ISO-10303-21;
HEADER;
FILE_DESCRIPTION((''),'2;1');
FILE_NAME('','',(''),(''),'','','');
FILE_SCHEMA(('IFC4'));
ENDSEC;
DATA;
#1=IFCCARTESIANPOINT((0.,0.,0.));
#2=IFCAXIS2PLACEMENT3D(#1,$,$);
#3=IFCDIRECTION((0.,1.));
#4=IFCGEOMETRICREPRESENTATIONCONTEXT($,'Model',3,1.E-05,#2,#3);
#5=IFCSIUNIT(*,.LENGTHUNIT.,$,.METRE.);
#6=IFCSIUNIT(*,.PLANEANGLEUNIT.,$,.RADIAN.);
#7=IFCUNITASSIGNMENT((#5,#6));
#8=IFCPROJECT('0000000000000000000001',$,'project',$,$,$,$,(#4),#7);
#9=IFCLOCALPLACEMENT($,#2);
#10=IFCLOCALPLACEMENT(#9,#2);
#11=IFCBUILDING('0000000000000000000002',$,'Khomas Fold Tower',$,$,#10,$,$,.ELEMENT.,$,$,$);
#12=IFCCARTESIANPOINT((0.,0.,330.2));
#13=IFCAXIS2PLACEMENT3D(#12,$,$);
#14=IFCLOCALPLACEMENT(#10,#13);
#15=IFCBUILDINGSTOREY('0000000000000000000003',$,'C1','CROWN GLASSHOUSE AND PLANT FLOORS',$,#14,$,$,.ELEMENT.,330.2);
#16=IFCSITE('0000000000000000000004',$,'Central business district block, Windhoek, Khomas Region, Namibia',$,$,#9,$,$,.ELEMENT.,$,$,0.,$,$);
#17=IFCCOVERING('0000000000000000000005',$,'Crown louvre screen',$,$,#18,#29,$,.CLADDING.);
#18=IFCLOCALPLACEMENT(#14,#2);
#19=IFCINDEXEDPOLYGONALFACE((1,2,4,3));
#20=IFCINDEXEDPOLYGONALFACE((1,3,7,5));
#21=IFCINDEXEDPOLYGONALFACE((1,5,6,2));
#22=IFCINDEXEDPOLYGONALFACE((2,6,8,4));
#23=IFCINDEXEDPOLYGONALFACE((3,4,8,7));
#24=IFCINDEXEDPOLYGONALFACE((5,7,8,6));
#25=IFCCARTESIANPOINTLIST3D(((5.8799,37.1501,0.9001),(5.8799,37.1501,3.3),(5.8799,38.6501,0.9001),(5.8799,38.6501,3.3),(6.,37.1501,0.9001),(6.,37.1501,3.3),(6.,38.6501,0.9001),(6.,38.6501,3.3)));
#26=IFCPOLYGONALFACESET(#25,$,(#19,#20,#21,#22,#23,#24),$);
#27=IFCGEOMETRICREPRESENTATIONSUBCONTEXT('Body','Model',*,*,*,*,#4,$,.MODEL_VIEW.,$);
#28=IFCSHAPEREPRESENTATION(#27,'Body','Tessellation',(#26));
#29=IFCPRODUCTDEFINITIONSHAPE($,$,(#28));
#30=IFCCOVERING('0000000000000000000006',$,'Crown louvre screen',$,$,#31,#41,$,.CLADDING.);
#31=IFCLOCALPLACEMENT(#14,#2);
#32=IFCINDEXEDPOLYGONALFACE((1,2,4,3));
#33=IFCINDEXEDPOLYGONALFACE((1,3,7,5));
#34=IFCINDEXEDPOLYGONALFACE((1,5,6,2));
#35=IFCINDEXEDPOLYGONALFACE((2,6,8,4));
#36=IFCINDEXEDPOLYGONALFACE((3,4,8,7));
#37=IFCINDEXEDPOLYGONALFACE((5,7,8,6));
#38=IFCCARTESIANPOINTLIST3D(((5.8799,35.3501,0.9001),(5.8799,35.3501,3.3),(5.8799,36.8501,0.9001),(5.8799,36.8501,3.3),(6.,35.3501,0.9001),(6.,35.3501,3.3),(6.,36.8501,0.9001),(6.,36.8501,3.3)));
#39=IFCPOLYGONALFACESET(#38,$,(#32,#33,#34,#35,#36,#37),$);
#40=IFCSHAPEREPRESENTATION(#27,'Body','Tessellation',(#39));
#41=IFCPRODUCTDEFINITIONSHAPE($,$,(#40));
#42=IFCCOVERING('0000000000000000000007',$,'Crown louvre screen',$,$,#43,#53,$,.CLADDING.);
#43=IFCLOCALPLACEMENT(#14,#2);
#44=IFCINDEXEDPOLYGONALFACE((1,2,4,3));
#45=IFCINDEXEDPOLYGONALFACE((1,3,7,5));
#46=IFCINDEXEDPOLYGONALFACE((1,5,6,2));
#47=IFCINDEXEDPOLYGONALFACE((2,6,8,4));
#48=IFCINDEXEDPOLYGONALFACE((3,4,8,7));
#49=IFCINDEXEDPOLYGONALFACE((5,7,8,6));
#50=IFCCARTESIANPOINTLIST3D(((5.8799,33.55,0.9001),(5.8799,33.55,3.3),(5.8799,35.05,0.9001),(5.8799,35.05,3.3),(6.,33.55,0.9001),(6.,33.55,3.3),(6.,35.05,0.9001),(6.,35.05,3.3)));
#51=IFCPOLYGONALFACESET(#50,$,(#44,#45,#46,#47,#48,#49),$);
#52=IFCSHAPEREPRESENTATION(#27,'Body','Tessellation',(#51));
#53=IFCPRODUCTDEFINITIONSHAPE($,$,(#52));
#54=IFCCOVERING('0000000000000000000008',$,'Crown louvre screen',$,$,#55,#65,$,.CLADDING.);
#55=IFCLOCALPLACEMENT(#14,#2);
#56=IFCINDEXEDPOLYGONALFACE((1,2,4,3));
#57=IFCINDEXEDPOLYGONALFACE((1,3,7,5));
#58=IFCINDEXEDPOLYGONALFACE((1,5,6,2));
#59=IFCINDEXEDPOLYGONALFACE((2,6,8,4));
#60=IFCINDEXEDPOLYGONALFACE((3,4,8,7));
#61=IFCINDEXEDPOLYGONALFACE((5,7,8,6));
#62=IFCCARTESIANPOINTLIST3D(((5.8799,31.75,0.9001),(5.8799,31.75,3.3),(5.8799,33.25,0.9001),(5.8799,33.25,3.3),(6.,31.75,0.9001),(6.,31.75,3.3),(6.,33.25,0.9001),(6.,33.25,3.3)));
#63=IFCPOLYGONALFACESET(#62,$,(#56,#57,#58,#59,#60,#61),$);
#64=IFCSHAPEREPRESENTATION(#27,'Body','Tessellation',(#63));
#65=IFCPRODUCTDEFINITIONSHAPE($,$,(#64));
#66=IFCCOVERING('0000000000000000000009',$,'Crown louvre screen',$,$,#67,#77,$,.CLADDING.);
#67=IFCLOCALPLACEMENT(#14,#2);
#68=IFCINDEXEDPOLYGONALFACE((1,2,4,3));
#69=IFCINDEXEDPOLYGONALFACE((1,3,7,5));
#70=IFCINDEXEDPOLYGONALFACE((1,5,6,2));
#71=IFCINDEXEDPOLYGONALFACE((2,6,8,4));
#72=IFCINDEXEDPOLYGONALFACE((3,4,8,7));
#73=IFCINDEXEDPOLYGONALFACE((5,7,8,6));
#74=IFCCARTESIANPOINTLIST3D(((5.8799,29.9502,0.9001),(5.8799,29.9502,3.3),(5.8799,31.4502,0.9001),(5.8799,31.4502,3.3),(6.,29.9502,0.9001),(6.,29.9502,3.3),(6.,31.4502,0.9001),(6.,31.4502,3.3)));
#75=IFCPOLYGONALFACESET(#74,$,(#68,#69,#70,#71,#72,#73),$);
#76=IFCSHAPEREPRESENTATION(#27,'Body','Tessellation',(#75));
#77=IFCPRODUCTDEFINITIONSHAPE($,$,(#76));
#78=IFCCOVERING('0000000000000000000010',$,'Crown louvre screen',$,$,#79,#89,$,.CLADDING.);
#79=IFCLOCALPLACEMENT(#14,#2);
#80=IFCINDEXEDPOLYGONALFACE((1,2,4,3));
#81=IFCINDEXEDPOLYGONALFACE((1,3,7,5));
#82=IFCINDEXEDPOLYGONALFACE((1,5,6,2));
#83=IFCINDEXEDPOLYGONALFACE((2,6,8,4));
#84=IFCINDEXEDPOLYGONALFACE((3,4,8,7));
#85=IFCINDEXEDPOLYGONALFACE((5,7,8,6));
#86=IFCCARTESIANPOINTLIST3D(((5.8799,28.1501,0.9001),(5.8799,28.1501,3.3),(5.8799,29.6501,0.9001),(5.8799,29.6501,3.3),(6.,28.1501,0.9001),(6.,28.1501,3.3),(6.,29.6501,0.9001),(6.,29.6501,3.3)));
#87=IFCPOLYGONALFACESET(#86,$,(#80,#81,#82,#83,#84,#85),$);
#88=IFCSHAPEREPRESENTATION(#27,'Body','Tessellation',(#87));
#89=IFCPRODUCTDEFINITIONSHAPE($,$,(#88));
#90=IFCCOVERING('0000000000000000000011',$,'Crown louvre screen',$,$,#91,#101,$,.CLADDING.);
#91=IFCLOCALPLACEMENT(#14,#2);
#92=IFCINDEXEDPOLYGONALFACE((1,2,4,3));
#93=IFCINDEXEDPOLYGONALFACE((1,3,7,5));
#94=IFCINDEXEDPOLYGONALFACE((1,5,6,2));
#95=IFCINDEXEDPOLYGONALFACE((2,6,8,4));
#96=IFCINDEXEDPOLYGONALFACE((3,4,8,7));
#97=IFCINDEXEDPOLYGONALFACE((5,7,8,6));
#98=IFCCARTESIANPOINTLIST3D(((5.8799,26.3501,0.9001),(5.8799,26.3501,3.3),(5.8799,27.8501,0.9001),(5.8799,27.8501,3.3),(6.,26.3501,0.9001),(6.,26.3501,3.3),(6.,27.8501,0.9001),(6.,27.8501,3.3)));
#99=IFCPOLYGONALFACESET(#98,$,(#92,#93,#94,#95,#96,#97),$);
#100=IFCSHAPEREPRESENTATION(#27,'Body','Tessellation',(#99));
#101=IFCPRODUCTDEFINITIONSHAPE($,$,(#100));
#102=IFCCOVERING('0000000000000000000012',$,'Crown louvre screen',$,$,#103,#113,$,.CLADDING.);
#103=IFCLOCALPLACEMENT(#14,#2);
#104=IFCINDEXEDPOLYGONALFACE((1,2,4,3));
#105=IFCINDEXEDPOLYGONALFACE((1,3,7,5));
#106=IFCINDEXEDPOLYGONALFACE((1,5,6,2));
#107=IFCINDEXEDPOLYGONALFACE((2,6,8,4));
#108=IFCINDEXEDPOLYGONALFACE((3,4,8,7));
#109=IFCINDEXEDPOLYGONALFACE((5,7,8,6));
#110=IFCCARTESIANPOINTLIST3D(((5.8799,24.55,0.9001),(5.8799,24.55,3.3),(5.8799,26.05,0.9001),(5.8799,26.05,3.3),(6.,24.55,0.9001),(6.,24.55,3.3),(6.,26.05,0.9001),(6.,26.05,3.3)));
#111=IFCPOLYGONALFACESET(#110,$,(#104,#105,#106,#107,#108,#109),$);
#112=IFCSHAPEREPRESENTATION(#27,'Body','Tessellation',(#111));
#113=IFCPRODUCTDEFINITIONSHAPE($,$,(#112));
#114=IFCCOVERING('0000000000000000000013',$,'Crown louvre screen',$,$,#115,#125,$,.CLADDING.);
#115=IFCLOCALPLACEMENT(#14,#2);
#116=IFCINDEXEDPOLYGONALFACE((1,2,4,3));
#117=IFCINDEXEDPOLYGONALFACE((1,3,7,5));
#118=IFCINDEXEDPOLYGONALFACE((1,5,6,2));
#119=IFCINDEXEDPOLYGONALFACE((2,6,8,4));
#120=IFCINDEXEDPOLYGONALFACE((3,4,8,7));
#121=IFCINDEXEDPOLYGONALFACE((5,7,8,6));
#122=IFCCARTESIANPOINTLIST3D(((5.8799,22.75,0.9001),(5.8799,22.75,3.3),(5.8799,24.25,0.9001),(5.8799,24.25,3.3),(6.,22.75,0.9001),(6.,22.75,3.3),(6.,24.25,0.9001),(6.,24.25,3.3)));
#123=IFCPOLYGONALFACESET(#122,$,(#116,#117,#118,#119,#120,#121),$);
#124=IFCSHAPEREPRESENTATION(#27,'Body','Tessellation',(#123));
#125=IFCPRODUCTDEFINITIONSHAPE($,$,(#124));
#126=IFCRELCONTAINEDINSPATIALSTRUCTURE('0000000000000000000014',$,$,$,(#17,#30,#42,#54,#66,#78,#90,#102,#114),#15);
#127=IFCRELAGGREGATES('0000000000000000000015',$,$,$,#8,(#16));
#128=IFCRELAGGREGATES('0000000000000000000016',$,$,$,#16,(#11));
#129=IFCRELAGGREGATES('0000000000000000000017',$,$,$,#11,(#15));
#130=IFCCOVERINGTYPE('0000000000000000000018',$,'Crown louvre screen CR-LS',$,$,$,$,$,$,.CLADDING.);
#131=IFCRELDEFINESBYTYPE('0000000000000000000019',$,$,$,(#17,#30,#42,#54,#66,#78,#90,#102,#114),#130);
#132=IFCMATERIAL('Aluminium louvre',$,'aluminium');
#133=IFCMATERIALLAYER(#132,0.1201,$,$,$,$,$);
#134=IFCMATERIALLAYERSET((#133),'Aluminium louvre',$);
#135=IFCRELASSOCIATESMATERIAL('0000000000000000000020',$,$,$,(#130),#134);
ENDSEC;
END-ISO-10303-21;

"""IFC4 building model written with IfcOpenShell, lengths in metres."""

from ifc_helpers import new_model, si_unit, direction, frame, origin, origin_2d, place, context, subcontext, project, spatial, rectangle, extrude, source, transform, mapped, material, layer, layer_set, type_object, element, save


model = new_model("IFC4")

# Units and contexts
model_context = context("Model", 3, precision=1e-05, world=origin(), true_north=direction((0.0, 1.0)))
body_context = subcontext(model_context, "Body", "Model", "MODEL_VIEW")
ifc_project = project(units=[si_unit("LENGTHUNIT", "METRE"), si_unit("PLANEANGLEUNIT", "RADIAN")], contexts=[model_context])

# Site, building, storey
site_placement = place(None, origin())
site = spatial("IfcSite", under=ifc_project, at=site_placement, Name="Central business district block, Windhoek, Khomas Region, Namibia", CompositionType="ELEMENT", RefElevation=0.0)
building_placement = place(site_placement, origin())
building = spatial("IfcBuilding", under=site, at=building_placement, Name="Khomas Fold Tower", CompositionType="ELEMENT")
storey_placement = place(building_placement, frame((0.0, 0.0, 330.2)))
storey = spatial("IfcBuildingStorey", under=building, at=storey_placement, Name="C1", Description="CROWN GLASSHOUSE AND PLANT FLOORS", CompositionType="ELEMENT", Elevation=330.2)

# Coverings
ifc_material_1 = material(Name="Aluminium louvre", Category="aluminium")
ifc_layer_1 = layer(ifc_material_1, 0.1201)
ifc_layer_set_1 = layer_set([ifc_layer_1], Name="Aluminium louvre")
covering_type = type_object("IfcCoveringType", Name="Crown louvre screen CR-LS", PredefinedType="CLADDING", material=ifc_layer_set_1)
shared_shape_1 = source(origin(), body_context, "Body", "SweptSolid", [
    extrude(rectangle(XDim=1.5, YDim=0.1201, at=origin_2d()), origin(), (0.0, 0.0, 1.0), 2.3999),
])
for number, where, z_axis, x_axis, name in (
    (1, (5.9399, 37.9001, 0.9001), (0.0, 0.0, 1.0), (0.0, -1.0, 0.0), "Crown louvre screen"),
    (2, (5.9399, 36.1001, 0.9001), (0.0, 0.0, 1.0), (0.0, -1.0, 0.0), "Crown louvre screen"),
    (3, (5.9399, 34.3, 0.9001), (0.0, 0.0, 1.0), (0.0, -1.0, 0.0), "Crown louvre screen"),
    (4, (5.9399, 32.5, 0.9001), (0.0, 0.0, 1.0), (0.0, -1.0, 0.0), "Crown louvre screen"),
    (5, (5.9399, 30.7002, 0.9001), (0.0, 0.0, 1.0), (0.0, -1.0, 0.0), "Crown louvre screen"),
    (6, (5.9399, 28.9001, 0.9001), (0.0, 0.0, 1.0), (0.0, -1.0, 0.0), "Crown louvre screen"),
    (7, (5.9399, 27.1001, 0.9001), (0.0, 0.0, 1.0), (0.0, -1.0, 0.0), "Crown louvre screen"),
    (8, (5.9399, 25.3, 0.9001), (0.0, 0.0, 1.0), (0.0, -1.0, 0.0), "Crown louvre screen"),
    (9, (5.9399, 23.5, 0.9001), (0.0, 0.0, 1.0), (0.0, -1.0, 0.0), "Crown louvre screen"),
):
    element("IfcCovering", number, at=place(storey_placement, frame(where, z_axis=z_axis, x_axis=x_axis)), inside=storey, type_object=covering_type, Name=name, PredefinedType="CLADDING", context=body_context, shape_type="MappedRepresentation", body=[
        mapped(shared_shape_1, transform((0.0, 0.0, 0.0))),
    ])

save(model, "model.ifc")
